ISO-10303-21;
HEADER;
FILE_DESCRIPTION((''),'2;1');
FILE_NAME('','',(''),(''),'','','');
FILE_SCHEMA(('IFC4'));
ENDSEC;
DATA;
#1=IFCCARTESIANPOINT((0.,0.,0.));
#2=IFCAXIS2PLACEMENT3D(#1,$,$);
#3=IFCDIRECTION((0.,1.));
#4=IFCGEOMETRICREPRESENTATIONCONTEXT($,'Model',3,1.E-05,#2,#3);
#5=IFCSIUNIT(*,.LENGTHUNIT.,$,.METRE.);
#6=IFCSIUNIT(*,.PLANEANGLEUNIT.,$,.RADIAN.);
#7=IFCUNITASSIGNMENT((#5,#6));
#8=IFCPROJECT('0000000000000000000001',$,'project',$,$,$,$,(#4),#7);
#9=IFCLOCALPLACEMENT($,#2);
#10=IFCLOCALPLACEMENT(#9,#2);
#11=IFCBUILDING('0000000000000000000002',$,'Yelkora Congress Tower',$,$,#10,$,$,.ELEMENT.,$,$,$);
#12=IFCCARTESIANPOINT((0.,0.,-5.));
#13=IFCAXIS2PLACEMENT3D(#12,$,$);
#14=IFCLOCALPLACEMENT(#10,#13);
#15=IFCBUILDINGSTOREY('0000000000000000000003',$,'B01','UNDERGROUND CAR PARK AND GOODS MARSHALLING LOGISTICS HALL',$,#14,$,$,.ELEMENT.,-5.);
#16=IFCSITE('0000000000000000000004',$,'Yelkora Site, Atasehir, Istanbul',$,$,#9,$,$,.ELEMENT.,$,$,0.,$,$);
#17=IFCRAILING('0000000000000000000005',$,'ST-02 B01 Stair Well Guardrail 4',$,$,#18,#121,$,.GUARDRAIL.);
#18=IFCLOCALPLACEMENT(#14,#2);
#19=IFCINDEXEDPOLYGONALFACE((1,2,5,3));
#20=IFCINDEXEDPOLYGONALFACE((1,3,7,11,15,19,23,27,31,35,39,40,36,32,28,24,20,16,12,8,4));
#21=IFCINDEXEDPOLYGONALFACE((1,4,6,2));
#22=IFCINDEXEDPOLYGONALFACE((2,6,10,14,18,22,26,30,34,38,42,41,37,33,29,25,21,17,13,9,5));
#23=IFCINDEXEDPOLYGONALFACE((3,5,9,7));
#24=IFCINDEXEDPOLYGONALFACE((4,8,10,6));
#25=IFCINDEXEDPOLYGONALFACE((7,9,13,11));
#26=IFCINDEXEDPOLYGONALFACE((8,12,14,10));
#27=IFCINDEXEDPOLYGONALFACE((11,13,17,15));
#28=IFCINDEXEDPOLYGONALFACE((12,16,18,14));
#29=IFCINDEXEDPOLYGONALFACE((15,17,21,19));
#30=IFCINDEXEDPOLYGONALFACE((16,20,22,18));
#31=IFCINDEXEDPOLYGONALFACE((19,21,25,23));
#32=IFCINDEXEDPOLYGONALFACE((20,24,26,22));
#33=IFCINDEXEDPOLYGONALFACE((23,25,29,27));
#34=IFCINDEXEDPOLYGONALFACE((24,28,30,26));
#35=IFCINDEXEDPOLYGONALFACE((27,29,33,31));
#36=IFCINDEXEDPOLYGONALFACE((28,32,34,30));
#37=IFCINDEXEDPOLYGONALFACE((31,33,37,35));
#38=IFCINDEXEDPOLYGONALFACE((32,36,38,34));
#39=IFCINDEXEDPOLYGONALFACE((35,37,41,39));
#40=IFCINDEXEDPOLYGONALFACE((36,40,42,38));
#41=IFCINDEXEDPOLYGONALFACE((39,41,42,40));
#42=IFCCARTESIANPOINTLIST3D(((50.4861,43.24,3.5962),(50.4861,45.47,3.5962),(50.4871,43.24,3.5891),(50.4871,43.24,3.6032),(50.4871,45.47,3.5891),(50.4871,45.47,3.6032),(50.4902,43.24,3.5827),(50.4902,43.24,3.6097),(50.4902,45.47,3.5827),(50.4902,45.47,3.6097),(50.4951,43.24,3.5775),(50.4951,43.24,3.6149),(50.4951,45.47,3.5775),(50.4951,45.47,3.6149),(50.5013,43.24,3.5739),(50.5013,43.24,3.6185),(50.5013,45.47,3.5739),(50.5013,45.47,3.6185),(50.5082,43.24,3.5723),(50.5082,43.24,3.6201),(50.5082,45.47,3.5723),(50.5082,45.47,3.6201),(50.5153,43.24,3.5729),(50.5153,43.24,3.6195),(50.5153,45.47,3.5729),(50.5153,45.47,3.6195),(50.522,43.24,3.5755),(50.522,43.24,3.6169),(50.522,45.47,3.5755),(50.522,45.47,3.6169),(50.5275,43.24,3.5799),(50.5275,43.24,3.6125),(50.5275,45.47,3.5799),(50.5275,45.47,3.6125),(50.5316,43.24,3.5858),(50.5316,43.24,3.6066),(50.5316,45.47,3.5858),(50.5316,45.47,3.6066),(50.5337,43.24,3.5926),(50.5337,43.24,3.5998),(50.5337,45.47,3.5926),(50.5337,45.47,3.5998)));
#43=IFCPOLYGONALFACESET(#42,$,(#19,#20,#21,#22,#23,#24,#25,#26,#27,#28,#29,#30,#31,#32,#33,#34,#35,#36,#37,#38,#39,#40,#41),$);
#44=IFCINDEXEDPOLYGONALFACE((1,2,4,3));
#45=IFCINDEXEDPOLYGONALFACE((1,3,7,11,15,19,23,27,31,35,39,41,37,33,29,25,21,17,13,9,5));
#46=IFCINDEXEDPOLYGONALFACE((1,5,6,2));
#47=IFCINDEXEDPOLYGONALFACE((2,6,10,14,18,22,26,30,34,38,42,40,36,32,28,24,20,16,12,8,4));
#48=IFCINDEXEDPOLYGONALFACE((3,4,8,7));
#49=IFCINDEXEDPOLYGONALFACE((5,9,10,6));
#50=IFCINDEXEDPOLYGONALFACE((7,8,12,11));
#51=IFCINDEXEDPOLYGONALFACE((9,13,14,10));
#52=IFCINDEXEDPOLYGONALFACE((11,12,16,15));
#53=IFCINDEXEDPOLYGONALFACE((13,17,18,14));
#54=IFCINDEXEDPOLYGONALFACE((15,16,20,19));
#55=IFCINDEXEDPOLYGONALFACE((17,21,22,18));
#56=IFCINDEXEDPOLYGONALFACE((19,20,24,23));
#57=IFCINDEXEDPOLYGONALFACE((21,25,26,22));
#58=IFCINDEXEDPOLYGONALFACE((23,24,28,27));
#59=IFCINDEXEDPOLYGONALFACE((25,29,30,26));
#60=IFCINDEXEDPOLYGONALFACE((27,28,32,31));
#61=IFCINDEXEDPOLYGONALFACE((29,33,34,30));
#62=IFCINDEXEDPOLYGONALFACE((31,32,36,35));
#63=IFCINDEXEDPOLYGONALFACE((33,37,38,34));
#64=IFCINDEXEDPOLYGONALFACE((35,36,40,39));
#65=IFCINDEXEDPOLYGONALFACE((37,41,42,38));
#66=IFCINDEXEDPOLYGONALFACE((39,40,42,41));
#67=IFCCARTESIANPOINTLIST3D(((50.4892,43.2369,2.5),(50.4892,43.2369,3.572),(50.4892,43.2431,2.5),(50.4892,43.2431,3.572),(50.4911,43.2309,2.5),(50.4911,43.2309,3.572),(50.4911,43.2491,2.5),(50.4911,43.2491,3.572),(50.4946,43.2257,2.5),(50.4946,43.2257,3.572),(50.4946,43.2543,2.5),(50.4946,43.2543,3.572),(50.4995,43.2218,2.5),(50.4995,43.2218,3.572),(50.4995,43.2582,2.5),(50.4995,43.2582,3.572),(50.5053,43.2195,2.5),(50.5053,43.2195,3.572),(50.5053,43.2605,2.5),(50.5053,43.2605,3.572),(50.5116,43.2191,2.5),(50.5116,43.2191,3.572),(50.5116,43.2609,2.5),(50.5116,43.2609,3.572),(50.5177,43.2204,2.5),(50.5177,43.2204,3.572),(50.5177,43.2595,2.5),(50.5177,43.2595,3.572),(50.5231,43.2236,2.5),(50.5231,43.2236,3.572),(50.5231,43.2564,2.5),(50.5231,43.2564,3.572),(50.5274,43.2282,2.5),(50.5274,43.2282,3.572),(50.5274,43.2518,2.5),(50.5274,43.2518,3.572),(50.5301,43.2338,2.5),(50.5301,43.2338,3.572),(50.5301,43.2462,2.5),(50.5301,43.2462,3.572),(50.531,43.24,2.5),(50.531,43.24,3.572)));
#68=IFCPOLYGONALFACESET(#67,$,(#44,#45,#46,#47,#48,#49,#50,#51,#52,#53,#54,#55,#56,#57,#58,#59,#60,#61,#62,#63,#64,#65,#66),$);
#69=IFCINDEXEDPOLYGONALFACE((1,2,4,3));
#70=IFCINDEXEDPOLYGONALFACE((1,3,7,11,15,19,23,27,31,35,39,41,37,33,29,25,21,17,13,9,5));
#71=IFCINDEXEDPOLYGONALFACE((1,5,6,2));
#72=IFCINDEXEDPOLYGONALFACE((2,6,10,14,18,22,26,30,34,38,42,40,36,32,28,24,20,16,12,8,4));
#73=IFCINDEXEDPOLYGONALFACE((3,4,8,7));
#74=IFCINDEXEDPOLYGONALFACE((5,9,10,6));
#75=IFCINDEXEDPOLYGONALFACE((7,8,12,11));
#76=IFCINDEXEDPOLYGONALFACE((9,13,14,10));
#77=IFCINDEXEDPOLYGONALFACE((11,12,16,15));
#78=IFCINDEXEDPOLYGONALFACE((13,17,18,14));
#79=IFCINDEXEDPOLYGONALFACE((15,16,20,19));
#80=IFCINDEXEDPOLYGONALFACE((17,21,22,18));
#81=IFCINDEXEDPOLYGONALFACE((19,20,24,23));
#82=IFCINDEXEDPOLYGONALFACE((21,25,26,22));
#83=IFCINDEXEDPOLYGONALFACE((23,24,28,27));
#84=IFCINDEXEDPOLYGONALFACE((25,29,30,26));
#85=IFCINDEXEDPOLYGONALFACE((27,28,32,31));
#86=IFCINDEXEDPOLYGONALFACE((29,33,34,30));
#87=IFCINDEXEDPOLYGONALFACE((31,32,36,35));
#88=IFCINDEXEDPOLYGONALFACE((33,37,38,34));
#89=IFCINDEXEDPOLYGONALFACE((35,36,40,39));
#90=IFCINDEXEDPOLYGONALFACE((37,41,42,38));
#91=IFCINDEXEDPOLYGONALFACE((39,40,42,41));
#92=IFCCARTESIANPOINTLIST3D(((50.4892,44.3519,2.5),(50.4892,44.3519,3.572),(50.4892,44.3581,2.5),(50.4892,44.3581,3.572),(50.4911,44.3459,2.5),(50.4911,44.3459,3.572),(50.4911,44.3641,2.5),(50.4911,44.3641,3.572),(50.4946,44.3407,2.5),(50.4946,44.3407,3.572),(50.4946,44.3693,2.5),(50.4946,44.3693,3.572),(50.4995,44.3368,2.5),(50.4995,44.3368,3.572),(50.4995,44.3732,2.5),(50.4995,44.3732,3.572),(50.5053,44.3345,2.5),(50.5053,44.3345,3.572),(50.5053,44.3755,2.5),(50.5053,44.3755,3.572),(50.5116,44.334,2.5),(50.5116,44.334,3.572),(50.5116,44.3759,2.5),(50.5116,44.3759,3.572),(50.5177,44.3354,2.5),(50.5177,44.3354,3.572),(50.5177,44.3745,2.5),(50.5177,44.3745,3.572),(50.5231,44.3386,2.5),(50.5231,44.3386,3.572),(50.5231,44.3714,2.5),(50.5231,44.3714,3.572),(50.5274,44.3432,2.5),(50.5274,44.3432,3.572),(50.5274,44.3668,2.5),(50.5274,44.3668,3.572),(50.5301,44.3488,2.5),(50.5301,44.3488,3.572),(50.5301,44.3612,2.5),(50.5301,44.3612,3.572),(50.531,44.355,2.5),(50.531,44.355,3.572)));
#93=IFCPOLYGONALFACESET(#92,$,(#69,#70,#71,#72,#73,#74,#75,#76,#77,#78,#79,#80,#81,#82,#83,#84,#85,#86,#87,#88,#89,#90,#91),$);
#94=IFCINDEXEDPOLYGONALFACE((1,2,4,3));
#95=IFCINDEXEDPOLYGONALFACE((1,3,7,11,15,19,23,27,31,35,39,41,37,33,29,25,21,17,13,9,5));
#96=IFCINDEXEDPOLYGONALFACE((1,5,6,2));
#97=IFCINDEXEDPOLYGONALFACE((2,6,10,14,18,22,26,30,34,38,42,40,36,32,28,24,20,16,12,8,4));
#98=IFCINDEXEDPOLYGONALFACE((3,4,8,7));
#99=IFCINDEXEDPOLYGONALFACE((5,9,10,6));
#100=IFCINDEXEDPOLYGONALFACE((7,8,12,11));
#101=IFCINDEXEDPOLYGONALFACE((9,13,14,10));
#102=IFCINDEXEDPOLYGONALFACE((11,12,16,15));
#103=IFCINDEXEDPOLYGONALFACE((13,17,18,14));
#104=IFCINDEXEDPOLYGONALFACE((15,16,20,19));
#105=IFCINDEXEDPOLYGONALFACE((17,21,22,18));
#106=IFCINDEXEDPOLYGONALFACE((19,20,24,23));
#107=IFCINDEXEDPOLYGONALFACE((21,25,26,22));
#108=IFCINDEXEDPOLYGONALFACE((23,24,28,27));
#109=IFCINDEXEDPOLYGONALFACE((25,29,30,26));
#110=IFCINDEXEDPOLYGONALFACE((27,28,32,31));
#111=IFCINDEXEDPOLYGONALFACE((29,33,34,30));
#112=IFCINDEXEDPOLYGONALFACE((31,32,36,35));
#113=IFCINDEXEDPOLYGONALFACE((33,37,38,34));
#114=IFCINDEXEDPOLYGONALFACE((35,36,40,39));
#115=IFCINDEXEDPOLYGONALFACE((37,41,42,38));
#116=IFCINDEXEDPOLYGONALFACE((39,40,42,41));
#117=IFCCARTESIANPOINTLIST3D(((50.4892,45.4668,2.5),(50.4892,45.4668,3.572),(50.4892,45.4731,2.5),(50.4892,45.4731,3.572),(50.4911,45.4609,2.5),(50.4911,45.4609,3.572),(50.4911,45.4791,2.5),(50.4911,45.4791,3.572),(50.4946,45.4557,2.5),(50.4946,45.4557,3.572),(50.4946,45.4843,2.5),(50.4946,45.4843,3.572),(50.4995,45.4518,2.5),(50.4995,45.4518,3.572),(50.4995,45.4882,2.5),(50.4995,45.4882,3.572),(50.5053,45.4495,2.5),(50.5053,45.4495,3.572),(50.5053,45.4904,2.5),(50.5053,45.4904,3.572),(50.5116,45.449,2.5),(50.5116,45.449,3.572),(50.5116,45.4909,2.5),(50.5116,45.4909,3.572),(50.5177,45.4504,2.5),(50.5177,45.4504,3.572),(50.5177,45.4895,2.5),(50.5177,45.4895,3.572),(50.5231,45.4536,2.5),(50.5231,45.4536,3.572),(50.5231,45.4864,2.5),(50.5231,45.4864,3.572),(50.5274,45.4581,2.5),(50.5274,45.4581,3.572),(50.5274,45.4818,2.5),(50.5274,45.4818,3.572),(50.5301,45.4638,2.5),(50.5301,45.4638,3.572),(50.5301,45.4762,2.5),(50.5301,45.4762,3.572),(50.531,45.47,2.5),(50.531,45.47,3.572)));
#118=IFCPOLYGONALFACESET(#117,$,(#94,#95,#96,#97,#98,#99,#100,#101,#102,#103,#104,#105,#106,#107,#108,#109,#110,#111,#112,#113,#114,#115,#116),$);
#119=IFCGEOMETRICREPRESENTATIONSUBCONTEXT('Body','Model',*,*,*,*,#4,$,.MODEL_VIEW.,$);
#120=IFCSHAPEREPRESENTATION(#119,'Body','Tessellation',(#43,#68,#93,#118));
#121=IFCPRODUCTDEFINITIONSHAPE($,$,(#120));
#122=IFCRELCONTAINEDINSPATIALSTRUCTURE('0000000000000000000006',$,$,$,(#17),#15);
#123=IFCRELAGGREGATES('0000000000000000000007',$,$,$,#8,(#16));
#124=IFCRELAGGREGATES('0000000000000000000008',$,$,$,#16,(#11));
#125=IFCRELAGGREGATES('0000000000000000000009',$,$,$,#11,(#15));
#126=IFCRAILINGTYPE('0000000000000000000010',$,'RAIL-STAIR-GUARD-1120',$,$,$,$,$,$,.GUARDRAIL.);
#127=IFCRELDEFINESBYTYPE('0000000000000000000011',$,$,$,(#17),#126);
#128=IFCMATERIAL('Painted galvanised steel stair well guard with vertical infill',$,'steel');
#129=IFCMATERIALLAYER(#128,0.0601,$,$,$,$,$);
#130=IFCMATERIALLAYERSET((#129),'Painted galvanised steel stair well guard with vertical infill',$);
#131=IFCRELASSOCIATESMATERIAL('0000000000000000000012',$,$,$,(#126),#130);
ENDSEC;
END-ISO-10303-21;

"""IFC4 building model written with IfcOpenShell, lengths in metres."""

from ifc_helpers import new_model, si_unit, direction, frame, origin, origin_2d, place, context, subcontext, project, spatial, circle, extrude, material, layer, layer_set, type_object, element, save


model = new_model("IFC4")

# Units and contexts
model_context = context("Model", 3, precision=1e-05, world=origin(), true_north=direction((0.0, 1.0)))
body_context = subcontext(model_context, "Body", "Model", "MODEL_VIEW")
ifc_project = project(units=[si_unit("LENGTHUNIT", "METRE"), si_unit("PLANEANGLEUNIT", "RADIAN")], contexts=[model_context])

# Site, building, storey
site_placement = place(None, origin())
site = spatial("IfcSite", under=ifc_project, at=site_placement, Name="Yelkora Site, Atasehir, Istanbul", CompositionType="ELEMENT", RefElevation=0.0)
building_placement = place(site_placement, origin())
building = spatial("IfcBuilding", under=site, at=building_placement, Name="Yelkora Congress Tower", CompositionType="ELEMENT")
storey_placement = place(building_placement, frame((0.0, 0.0, -5.0)))
storey = spatial("IfcBuildingStorey", under=building, at=storey_placement, Name="B01", Description="UNDERGROUND CAR PARK AND GOODS MARSHALLING LOGISTICS HALL", CompositionType="ELEMENT", Elevation=-5.0)

# Railing
ifc_material_1 = material(Name="Painted galvanised steel stair well guard with vertical infill", Category="steel")
ifc_layer_1 = layer(ifc_material_1, 0.0601)
ifc_layer_set_1 = layer_set([ifc_layer_1], Name="Painted galvanised steel stair well guard with vertical infill")
railing_type_1 = type_object("IfcRailingType", Name="RAIL-STAIR-GUARD-1120", PredefinedType="GUARDRAIL", material=ifc_layer_set_1)
for number, where, name in (
    (1, (50.51, 43.24, 2.5), "ST-02 B01 Stair Well Guardrail 4"),
):
    element("IfcRailing", number, at=place(storey_placement, frame(where)), inside=storey, type_object=railing_type_1, Name=name, PredefinedType="GUARDRAIL", context=body_context, shape_type="SweptSolid", body=[
        extrude(circle(Radius=0.0239, at=origin_2d()), frame((0.0, 0.0, 1.0962), z_axis=(0.0, 1.0, 0.0), x_axis=(-1.0, 0.0, 0.0)), (0.0, 0.0, 1.0), 2.23),
        extrude(circle(Radius=0.021, at=origin_2d()), origin(), (0.0, 0.0, 1.0), 1.072),
        extrude(circle(Radius=0.021, at=origin_2d()), frame((0.0, 1.115, 0.0)), (0.0, 0.0, 1.0), 1.072),
        extrude(circle(Radius=0.021, at=origin_2d()), frame((0.0, 2.23, 0.0)), (0.0, 0.0, 1.0), 1.072),
    ])

save(model, "model.ifc")
